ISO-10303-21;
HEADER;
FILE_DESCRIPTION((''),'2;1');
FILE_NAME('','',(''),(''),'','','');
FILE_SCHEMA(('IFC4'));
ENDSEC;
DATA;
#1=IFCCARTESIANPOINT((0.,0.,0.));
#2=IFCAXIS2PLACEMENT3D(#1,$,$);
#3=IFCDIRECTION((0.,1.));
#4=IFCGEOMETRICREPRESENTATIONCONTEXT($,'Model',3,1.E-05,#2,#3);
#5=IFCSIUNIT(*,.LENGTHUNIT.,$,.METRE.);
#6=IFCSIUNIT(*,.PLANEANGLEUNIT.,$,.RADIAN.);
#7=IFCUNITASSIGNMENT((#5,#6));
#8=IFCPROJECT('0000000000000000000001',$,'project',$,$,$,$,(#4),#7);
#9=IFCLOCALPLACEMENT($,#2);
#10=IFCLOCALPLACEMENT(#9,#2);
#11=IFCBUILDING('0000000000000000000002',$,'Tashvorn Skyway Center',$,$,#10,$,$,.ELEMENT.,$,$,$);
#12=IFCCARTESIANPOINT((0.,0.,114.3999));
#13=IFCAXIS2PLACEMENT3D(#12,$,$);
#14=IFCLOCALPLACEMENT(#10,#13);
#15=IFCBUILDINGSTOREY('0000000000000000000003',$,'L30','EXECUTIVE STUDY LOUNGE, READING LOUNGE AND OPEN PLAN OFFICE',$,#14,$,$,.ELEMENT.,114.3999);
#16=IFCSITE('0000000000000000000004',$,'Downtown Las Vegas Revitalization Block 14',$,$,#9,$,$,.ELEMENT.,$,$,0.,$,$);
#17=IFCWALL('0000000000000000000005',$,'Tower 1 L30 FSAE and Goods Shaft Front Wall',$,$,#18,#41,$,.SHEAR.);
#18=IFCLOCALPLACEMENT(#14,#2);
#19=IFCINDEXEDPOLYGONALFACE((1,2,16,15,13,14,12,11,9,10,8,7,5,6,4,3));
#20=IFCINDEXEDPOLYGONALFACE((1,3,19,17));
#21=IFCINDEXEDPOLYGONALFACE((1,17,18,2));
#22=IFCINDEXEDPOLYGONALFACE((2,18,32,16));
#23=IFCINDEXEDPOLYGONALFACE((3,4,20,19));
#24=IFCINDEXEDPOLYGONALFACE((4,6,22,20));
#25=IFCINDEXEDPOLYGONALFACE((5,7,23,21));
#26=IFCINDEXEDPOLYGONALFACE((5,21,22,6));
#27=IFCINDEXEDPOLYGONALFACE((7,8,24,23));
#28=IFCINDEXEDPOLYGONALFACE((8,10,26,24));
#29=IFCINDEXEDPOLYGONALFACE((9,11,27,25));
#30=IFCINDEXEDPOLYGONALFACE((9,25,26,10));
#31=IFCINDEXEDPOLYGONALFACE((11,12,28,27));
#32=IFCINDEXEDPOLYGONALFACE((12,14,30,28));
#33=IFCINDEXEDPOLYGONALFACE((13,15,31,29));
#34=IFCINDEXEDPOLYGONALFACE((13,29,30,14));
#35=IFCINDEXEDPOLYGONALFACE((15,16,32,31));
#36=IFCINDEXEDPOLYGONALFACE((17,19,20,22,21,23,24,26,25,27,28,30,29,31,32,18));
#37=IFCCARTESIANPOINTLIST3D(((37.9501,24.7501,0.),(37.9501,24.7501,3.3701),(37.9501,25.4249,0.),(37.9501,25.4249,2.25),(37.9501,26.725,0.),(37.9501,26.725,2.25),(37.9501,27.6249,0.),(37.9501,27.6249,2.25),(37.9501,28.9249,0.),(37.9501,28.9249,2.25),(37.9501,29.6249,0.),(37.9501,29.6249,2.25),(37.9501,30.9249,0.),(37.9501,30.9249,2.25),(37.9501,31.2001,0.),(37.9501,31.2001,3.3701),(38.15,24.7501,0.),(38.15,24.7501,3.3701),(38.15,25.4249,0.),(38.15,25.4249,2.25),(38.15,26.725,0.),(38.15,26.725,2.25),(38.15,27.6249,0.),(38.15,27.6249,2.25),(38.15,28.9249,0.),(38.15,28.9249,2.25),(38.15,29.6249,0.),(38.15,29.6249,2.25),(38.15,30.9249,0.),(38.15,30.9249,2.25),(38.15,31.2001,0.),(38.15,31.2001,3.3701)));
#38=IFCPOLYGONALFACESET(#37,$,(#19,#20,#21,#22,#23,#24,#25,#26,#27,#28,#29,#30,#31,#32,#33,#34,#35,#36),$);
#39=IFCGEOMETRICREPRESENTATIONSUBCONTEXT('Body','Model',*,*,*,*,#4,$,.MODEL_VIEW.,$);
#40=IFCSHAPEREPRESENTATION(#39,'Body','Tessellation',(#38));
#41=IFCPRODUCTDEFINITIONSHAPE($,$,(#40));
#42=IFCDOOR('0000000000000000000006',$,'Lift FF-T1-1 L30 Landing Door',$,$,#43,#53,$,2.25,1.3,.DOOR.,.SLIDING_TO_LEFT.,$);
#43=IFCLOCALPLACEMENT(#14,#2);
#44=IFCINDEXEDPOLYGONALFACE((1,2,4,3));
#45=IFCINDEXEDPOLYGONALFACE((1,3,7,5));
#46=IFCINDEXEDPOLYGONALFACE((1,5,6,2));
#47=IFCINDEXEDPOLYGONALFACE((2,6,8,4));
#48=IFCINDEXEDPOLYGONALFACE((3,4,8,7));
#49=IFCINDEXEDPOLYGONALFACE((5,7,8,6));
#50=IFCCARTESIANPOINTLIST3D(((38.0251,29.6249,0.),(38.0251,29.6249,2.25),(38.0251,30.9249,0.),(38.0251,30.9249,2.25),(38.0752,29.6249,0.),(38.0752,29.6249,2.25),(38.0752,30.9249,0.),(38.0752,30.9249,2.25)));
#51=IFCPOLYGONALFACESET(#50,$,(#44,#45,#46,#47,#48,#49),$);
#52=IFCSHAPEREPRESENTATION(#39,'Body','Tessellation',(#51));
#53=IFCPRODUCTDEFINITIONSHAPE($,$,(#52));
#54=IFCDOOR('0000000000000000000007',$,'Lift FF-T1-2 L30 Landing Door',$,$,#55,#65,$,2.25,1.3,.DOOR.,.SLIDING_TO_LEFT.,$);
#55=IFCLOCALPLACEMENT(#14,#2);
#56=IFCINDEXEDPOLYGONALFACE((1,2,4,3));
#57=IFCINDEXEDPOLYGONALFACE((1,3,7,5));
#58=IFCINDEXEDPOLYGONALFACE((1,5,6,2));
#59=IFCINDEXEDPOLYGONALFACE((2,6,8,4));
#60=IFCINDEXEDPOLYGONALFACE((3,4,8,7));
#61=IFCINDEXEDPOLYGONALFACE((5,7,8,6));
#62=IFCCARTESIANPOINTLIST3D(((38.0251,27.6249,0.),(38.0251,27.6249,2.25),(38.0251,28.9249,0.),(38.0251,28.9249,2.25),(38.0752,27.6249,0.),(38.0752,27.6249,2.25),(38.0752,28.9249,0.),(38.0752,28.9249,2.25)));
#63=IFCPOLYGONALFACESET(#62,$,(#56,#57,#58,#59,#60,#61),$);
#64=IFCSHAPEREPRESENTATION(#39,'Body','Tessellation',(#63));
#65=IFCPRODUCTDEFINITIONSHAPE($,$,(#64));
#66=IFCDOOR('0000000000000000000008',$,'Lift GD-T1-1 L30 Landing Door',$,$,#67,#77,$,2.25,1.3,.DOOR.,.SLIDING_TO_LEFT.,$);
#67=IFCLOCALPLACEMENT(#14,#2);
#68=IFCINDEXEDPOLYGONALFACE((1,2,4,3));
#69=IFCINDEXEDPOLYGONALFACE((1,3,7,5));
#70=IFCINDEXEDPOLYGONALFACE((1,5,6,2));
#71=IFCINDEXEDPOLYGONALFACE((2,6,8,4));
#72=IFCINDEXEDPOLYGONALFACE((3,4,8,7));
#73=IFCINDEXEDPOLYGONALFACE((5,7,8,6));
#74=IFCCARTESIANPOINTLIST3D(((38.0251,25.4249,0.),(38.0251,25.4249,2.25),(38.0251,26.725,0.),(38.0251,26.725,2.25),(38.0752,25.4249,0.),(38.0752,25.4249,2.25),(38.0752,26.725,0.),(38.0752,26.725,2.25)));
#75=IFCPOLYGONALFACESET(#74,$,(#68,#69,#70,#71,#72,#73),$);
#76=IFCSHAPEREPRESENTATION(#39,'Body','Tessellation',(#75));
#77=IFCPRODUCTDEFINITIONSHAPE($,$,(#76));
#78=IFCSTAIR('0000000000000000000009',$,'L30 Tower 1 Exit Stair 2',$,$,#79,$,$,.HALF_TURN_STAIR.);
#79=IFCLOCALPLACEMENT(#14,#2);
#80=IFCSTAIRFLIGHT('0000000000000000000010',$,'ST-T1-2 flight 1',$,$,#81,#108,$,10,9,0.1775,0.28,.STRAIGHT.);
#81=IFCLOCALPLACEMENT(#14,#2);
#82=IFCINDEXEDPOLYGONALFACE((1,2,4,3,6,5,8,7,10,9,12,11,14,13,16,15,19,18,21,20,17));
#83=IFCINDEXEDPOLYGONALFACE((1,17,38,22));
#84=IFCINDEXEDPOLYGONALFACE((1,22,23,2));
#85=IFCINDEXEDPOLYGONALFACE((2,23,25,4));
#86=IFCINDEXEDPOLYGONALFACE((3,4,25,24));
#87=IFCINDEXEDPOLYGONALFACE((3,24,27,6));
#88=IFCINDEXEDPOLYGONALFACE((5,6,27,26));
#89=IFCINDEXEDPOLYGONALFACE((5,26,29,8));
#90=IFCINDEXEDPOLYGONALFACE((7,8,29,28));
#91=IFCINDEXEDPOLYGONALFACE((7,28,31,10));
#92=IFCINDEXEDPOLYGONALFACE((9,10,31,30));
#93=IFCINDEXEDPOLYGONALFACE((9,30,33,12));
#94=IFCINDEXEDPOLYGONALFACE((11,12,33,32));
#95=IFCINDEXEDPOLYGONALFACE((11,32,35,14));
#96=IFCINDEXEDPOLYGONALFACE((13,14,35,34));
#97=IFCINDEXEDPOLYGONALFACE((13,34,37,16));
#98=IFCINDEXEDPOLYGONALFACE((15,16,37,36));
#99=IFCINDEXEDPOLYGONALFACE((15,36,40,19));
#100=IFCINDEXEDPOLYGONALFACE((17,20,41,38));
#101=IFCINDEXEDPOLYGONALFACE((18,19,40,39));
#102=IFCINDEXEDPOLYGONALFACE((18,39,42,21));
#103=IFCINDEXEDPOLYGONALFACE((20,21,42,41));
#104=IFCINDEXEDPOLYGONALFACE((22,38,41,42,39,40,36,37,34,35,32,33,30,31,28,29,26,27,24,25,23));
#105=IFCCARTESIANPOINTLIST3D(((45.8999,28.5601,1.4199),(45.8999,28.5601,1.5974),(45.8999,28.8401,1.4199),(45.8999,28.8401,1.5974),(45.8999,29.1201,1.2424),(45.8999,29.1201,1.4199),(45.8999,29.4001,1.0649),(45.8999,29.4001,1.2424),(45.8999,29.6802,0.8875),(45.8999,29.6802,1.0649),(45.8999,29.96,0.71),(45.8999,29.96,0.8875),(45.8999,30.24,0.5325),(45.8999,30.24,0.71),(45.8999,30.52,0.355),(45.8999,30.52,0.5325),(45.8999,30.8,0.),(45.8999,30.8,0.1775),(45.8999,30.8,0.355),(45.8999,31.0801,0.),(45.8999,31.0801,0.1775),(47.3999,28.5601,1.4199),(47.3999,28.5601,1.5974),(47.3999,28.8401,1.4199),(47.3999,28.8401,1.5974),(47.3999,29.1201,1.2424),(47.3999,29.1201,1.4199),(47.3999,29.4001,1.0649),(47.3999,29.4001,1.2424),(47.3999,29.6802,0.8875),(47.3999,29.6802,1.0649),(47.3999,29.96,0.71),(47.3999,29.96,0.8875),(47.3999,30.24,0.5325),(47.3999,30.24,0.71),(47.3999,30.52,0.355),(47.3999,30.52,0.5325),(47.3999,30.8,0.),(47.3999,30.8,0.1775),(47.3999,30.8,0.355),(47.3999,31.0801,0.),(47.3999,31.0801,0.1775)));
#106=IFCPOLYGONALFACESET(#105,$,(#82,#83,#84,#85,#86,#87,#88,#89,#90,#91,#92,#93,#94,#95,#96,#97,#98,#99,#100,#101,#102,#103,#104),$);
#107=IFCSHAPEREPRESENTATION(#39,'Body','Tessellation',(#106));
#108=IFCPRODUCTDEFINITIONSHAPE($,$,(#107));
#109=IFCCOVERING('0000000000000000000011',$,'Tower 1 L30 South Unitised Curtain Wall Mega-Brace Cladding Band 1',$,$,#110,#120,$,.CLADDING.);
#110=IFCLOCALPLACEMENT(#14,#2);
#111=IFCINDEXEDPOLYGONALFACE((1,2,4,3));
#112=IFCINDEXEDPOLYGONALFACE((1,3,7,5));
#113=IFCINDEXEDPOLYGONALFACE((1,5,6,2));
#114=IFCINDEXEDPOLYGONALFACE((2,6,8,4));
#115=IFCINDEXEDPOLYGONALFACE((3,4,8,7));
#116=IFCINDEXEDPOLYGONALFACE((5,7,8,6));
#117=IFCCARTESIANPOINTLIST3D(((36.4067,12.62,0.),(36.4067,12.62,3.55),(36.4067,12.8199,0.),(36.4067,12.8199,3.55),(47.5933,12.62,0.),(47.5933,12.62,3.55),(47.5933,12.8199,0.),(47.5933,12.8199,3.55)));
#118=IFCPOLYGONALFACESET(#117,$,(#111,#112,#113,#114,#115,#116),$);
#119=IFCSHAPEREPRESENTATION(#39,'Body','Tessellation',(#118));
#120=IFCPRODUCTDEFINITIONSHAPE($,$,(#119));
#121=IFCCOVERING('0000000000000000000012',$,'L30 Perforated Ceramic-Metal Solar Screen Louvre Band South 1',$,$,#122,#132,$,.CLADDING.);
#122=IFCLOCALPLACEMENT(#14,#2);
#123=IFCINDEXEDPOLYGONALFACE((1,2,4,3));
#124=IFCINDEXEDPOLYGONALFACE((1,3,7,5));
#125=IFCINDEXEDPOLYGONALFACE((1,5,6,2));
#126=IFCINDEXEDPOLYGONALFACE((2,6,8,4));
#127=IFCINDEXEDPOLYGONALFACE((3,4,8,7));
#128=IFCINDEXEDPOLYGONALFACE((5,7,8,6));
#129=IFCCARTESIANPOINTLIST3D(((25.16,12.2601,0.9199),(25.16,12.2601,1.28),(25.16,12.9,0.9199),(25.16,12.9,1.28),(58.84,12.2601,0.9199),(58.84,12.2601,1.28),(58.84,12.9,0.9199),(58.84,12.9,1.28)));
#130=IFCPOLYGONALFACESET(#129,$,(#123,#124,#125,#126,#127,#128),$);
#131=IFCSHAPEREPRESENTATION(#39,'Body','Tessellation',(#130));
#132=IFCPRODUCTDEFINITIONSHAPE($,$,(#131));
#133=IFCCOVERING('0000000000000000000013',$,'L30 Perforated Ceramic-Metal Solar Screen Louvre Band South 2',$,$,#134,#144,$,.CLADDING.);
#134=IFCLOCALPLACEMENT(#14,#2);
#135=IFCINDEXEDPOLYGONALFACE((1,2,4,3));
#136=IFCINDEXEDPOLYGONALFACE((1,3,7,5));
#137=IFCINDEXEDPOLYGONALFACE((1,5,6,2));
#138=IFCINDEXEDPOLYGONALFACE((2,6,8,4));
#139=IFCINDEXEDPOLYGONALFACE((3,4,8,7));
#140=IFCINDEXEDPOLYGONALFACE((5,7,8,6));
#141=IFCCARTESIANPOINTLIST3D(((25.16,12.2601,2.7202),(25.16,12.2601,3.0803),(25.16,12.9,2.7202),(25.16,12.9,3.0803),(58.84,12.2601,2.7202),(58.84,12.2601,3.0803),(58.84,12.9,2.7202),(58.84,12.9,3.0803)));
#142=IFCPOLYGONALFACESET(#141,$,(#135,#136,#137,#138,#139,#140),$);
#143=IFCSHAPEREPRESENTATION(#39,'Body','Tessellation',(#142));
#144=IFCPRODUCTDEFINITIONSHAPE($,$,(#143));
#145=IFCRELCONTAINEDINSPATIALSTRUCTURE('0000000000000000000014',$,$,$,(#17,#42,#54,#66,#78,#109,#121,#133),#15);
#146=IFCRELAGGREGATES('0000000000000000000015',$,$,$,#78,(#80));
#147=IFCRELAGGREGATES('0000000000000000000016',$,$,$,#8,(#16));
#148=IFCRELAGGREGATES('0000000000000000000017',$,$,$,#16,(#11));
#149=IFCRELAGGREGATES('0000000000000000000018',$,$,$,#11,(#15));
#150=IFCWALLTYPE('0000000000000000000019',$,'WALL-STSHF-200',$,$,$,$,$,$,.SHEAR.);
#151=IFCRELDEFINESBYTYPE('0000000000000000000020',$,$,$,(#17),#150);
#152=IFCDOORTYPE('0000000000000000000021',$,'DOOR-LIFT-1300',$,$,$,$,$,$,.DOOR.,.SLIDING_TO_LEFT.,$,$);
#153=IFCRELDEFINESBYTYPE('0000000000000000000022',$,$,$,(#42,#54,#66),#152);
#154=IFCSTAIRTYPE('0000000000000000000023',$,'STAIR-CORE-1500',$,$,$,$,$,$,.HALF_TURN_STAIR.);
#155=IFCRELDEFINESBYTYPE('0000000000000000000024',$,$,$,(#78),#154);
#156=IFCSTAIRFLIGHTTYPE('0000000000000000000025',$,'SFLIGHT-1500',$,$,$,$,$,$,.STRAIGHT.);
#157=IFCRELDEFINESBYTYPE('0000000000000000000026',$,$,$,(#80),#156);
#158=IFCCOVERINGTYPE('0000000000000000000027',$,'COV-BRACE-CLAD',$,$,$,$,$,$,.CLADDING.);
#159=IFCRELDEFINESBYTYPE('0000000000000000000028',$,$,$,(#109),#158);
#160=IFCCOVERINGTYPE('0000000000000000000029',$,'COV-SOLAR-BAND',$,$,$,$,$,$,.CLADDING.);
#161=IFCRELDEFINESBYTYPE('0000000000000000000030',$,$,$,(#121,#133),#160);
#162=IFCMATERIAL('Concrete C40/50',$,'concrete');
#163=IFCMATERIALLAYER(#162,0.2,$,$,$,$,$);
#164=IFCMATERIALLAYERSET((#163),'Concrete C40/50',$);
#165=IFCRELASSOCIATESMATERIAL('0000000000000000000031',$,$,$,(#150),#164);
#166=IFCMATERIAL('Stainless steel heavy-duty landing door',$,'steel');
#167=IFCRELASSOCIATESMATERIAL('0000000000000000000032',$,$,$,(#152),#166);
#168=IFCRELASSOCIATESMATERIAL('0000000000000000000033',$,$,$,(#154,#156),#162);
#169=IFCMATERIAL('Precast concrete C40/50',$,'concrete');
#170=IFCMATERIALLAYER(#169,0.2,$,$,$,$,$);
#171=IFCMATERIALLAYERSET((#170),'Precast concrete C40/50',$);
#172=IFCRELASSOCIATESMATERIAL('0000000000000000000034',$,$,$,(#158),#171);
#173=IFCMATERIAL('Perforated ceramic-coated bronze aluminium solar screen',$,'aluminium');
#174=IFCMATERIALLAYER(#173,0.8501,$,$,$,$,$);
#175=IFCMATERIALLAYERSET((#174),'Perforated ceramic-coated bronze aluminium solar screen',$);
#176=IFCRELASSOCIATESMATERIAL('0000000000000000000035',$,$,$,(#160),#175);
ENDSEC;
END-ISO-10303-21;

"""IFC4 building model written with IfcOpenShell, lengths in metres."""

from ifc_helpers import new_model, si_unit, direction, frame, frame_2d, origin, origin_2d, place, context, subcontext, project, spatial, polyline, rectangle, outline, extrude, material, layer, layer_set, type_object, element, fill, aggregate, save


model = new_model("IFC4")

# Units and contexts
model_context = context("Model", 3, precision=1e-05, world=origin(), true_north=direction((0.0, 1.0)))
body_context = subcontext(model_context, "Body", "Model", "MODEL_VIEW")
ifc_project = project(units=[si_unit("LENGTHUNIT", "METRE"), si_unit("PLANEANGLEUNIT", "RADIAN")], contexts=[model_context])

# Site, building, storey
site_placement = place(None, origin())
site = spatial("IfcSite", under=ifc_project, at=site_placement, Name="Downtown Las Vegas Revitalization Block 14", CompositionType="ELEMENT", RefElevation=0.0)
building_placement = place(site_placement, origin())
building = spatial("IfcBuilding", under=site, at=building_placement, Name="Tashvorn Skyway Center", CompositionType="ELEMENT")
storey_placement = place(building_placement, frame((0.0, 0.0, 114.3999)))
storey = spatial("IfcBuildingStorey", under=building, at=storey_placement, Name="L30", Description="EXECUTIVE STUDY LOUNGE, READING LOUNGE AND OPEN PLAN OFFICE", CompositionType="ELEMENT", Elevation=114.3999)

# Shared definitions
ifc_material_1 = material(Name="Concrete C40/50", Category="concrete")

# Shared definitions
ifc_layer_1 = layer(ifc_material_1, 0.2)
ifc_layer_set_1 = layer_set([ifc_layer_1], Name="Concrete C40/50")
wall_type_1 = type_object("IfcWallType", Name="WALL-STSHF-200", PredefinedType="SHEAR", material=ifc_layer_set_1)

# Wall, openings, doors
wall_1_placement = place(storey_placement, frame((38.05, 24.75, 0.0), z_axis=(0.0, 0.0, 1.0), x_axis=(0.0, 1.0, 0.0)))
wall_1 = element("IfcWall", 1, at=wall_1_placement, inside=storey, type_object=wall_type_1, Name="Tower 1 L30 FSAE and Goods Shaft Front Wall", PredefinedType="SHEAR", context=body_context, shape_type="SweptSolid", body=[
    extrude(rectangle(XDim=6.45, YDim=0.2, at=frame_2d((3.2251, 0.0))), origin(), (0.0, 0.0, 1.0), 3.3701),
])
opening_1_placement = place(wall_1_placement, frame((4.875, 0.0, 0.0)))
opening_1 = element("IfcOpeningElement", 2, at=opening_1_placement, cuts=wall_1, PredefinedType="OPENING", context=body_context, shape_type="SweptSolid", body=[
    extrude(rectangle(XDim=1.3, YDim=2.25, at=frame_2d((0.6499, 1.125))), frame((0.0, 0.1099, 0.0), z_axis=(0.0, -1.0, 0.0), x_axis=(1.0, 0.0, 0.0)), (0.0, 0.0, 1.0), 0.22),
])
opening_2_placement = place(wall_1_placement, frame((2.875, 0.0, 0.0)))
opening_2 = element("IfcOpeningElement", 3, at=opening_2_placement, cuts=wall_1, PredefinedType="OPENING", context=body_context, shape_type="SweptSolid", body=[
    extrude(rectangle(XDim=1.3, YDim=2.25, at=frame_2d((0.6499, 1.125))), frame((0.0, 0.1099, 0.0), z_axis=(0.0, -1.0, 0.0), x_axis=(1.0, 0.0, 0.0)), (0.0, 0.0, 1.0), 0.22),
])
opening_3_placement = place(wall_1_placement, frame((0.675, 0.0, 0.0)))
opening_3 = element("IfcOpeningElement", 4, at=opening_3_placement, cuts=wall_1, PredefinedType="OPENING", context=body_context, shape_type="SweptSolid", body=[
    extrude(rectangle(XDim=1.3, YDim=2.25, at=frame_2d((0.6499, 1.125))), frame((0.0, 0.1099, 0.0), z_axis=(0.0, -1.0, 0.0), x_axis=(1.0, 0.0, 0.0)), (0.0, 0.0, 1.0), 0.22),
])
ifc_material_2 = material(Name="Stainless steel heavy-duty landing door", Category="steel")
door_type_1 = type_object("IfcDoorType", Name="DOOR-LIFT-1300", OperationType="SLIDING_TO_LEFT", PredefinedType="DOOR", material=ifc_material_2)
door_1_placement = place(opening_1_placement, origin())
door_1 = element("IfcDoor", 5, at=door_1_placement, inside=storey, type_object=door_type_1, Name="Lift FF-T1-1 L30 Landing Door", OperationType="SLIDING_TO_LEFT", OverallHeight=2.25, OverallWidth=1.3, PredefinedType="DOOR", context=body_context, shape_type="SweptSolid", body=[
    extrude(rectangle(XDim=1.3, YDim=2.25, at=frame_2d((0.6499, 1.125))), frame((0.0, 0.0249, 0.0), z_axis=(0.0, -1.0, 0.0), x_axis=(1.0, 0.0, 0.0)), (0.0, 0.0, 1.0), 0.05),
])
fill(opening_1, door_1)
door_2_placement = place(opening_2_placement, origin())
door_2 = element("IfcDoor", 6, at=door_2_placement, inside=storey, type_object=door_type_1, Name="Lift FF-T1-2 L30 Landing Door", OperationType="SLIDING_TO_LEFT", OverallHeight=2.25, OverallWidth=1.3, PredefinedType="DOOR", context=body_context, shape_type="SweptSolid", body=[
    extrude(rectangle(XDim=1.3, YDim=2.25, at=frame_2d((0.6499, 1.125))), frame((0.0, 0.0249, 0.0), z_axis=(0.0, -1.0, 0.0), x_axis=(1.0, 0.0, 0.0)), (0.0, 0.0, 1.0), 0.05),
])
fill(opening_2, door_2)
door_3_placement = place(opening_3_placement, origin())
door_3 = element("IfcDoor", 7, at=door_3_placement, inside=storey, type_object=door_type_1, Name="Lift GD-T1-1 L30 Landing Door", OperationType="SLIDING_TO_LEFT", OverallHeight=2.25, OverallWidth=1.3, PredefinedType="DOOR", context=body_context, shape_type="SweptSolid", body=[
    extrude(rectangle(XDim=1.3, YDim=2.25, at=frame_2d((0.6499, 1.125))), frame((0.0, 0.0249, 0.0), z_axis=(0.0, -1.0, 0.0), x_axis=(1.0, 0.0, 0.0)), (0.0, 0.0, 1.0), 0.05),
])
fill(opening_3, door_3)

# Stair, stair flight
stair_type = type_object("IfcStairType", Name="STAIR-CORE-1500", PredefinedType="HALF_TURN_STAIR", material=ifc_material_1)
stair_placement = place(storey_placement, origin())
stair = element("IfcStair", 8, at=stair_placement, inside=storey, type_object=stair_type, Name="L30 Tower 1 Exit Stair 2", PredefinedType="HALF_TURN_STAIR")
stair_flight_type = type_object("IfcStairFlightType", Name="SFLIGHT-1500", PredefinedType="STRAIGHT", material=ifc_material_1)
stair_flight_placement = place(storey_placement, frame((46.6499, 31.0801, 0.0), z_axis=(0.0, 0.0, 1.0), x_axis=(0.0, -1.0, 0.0)))
stair_flight = element("IfcStairFlight", 9, at=stair_flight_placement, type_object=stair_flight_type, Name="ST-T1-2 flight 1", NumberOfRisers=10, NumberOfTreads=9, PredefinedType="STRAIGHT", RiserHeight=0.1775, TreadLength=0.28, context=body_context, shape_type="SweptSolid", body=[
    extrude(outline(polyline([(0.0, 0.0), (0.0, 0.1775), (0.28, 0.1775), (0.28, 0.355), (0.5601, 0.355), (0.5601, 0.5325), (0.8401, 0.5325), (0.8401, 0.71), (1.1201, 0.71), (1.1201, 0.8875), (1.3999, 0.8875), (1.3999, 1.0649), (1.6799, 1.0649), (1.6799, 1.2424), (1.96, 1.2424), (1.96, 1.4199), (2.24, 1.4199), (2.24, 1.5974), (2.52, 1.5974), (2.52, 1.7749), (2.52, 1.4199), (0.28, 0.0), (0.0, 0.0)])), frame((0.0, 0.75, 0.0), z_axis=(0.0, -1.0, 0.0), x_axis=(1.0, 0.0, 0.0)), (0.0, 0.0, 1.0), 1.5),
])
aggregate(stair, [stair_flight])

# Coverings
ifc_material_3 = material(Name="Precast concrete C40/50", Category="concrete")
ifc_layer_2 = layer(ifc_material_3, 0.2)
ifc_layer_set_2 = layer_set([ifc_layer_2], Name="Precast concrete C40/50")
covering_type_1 = type_object("IfcCoveringType", Name="COV-BRACE-CLAD", PredefinedType="CLADDING", material=ifc_layer_set_2)
covering_placement = place(storey_placement, frame((42.0, 12.72, 0.0), z_axis=(0.0, 0.0, 1.0), x_axis=(-1.0, 0.0, 0.0)))
element("IfcCovering", 10, at=covering_placement, inside=storey, type_object=covering_type_1, Name="Tower 1 L30 South Unitised Curtain Wall Mega-Brace Cladding Band 1", PredefinedType="CLADDING", context=body_context, shape_type="SweptSolid", body=[
    extrude(rectangle(XDim=11.1865, YDim=0.2, at=origin_2d()), origin(), (0.0, 0.0, 1.0), 3.55),
])
ifc_material_4 = material(Name="Perforated ceramic-coated bronze aluminium solar screen", Category="aluminium")
ifc_layer_3 = layer(ifc_material_4, 0.8501)
ifc_layer_set_3 = layer_set([ifc_layer_3], Name="Perforated ceramic-coated bronze aluminium solar screen")
covering_type_2 = type_object("IfcCoveringType", Name="COV-SOLAR-BAND", PredefinedType="CLADDING", material=ifc_layer_set_3)
for number, where, z_axis, x_axis, name in (
    (11, (42.0, 12.5801, 0.9199), (0.0, 0.0, 1.0), (-1.0, 0.0, 0.0), "L30 Perforated Ceramic-Metal Solar Screen Louvre Band South 1"),
    (12, (42.0, 12.5801, 2.7202), (0.0, 0.0, 1.0), (-1.0, 0.0, 0.0), "L30 Perforated Ceramic-Metal Solar Screen Louvre Band South 2"),
):
    element("IfcCovering", number, at=place(storey_placement, frame(where, z_axis=z_axis, x_axis=x_axis)), inside=storey, type_object=covering_type_2, Name=name, PredefinedType="CLADDING", context=body_context, shape_type="SweptSolid", body=[
        extrude(rectangle(XDim=33.6799, YDim=0.6399, at=origin_2d()), origin(), (0.0, 0.0, 1.0), 0.3601),
    ])

save(model, "model.ifc")
